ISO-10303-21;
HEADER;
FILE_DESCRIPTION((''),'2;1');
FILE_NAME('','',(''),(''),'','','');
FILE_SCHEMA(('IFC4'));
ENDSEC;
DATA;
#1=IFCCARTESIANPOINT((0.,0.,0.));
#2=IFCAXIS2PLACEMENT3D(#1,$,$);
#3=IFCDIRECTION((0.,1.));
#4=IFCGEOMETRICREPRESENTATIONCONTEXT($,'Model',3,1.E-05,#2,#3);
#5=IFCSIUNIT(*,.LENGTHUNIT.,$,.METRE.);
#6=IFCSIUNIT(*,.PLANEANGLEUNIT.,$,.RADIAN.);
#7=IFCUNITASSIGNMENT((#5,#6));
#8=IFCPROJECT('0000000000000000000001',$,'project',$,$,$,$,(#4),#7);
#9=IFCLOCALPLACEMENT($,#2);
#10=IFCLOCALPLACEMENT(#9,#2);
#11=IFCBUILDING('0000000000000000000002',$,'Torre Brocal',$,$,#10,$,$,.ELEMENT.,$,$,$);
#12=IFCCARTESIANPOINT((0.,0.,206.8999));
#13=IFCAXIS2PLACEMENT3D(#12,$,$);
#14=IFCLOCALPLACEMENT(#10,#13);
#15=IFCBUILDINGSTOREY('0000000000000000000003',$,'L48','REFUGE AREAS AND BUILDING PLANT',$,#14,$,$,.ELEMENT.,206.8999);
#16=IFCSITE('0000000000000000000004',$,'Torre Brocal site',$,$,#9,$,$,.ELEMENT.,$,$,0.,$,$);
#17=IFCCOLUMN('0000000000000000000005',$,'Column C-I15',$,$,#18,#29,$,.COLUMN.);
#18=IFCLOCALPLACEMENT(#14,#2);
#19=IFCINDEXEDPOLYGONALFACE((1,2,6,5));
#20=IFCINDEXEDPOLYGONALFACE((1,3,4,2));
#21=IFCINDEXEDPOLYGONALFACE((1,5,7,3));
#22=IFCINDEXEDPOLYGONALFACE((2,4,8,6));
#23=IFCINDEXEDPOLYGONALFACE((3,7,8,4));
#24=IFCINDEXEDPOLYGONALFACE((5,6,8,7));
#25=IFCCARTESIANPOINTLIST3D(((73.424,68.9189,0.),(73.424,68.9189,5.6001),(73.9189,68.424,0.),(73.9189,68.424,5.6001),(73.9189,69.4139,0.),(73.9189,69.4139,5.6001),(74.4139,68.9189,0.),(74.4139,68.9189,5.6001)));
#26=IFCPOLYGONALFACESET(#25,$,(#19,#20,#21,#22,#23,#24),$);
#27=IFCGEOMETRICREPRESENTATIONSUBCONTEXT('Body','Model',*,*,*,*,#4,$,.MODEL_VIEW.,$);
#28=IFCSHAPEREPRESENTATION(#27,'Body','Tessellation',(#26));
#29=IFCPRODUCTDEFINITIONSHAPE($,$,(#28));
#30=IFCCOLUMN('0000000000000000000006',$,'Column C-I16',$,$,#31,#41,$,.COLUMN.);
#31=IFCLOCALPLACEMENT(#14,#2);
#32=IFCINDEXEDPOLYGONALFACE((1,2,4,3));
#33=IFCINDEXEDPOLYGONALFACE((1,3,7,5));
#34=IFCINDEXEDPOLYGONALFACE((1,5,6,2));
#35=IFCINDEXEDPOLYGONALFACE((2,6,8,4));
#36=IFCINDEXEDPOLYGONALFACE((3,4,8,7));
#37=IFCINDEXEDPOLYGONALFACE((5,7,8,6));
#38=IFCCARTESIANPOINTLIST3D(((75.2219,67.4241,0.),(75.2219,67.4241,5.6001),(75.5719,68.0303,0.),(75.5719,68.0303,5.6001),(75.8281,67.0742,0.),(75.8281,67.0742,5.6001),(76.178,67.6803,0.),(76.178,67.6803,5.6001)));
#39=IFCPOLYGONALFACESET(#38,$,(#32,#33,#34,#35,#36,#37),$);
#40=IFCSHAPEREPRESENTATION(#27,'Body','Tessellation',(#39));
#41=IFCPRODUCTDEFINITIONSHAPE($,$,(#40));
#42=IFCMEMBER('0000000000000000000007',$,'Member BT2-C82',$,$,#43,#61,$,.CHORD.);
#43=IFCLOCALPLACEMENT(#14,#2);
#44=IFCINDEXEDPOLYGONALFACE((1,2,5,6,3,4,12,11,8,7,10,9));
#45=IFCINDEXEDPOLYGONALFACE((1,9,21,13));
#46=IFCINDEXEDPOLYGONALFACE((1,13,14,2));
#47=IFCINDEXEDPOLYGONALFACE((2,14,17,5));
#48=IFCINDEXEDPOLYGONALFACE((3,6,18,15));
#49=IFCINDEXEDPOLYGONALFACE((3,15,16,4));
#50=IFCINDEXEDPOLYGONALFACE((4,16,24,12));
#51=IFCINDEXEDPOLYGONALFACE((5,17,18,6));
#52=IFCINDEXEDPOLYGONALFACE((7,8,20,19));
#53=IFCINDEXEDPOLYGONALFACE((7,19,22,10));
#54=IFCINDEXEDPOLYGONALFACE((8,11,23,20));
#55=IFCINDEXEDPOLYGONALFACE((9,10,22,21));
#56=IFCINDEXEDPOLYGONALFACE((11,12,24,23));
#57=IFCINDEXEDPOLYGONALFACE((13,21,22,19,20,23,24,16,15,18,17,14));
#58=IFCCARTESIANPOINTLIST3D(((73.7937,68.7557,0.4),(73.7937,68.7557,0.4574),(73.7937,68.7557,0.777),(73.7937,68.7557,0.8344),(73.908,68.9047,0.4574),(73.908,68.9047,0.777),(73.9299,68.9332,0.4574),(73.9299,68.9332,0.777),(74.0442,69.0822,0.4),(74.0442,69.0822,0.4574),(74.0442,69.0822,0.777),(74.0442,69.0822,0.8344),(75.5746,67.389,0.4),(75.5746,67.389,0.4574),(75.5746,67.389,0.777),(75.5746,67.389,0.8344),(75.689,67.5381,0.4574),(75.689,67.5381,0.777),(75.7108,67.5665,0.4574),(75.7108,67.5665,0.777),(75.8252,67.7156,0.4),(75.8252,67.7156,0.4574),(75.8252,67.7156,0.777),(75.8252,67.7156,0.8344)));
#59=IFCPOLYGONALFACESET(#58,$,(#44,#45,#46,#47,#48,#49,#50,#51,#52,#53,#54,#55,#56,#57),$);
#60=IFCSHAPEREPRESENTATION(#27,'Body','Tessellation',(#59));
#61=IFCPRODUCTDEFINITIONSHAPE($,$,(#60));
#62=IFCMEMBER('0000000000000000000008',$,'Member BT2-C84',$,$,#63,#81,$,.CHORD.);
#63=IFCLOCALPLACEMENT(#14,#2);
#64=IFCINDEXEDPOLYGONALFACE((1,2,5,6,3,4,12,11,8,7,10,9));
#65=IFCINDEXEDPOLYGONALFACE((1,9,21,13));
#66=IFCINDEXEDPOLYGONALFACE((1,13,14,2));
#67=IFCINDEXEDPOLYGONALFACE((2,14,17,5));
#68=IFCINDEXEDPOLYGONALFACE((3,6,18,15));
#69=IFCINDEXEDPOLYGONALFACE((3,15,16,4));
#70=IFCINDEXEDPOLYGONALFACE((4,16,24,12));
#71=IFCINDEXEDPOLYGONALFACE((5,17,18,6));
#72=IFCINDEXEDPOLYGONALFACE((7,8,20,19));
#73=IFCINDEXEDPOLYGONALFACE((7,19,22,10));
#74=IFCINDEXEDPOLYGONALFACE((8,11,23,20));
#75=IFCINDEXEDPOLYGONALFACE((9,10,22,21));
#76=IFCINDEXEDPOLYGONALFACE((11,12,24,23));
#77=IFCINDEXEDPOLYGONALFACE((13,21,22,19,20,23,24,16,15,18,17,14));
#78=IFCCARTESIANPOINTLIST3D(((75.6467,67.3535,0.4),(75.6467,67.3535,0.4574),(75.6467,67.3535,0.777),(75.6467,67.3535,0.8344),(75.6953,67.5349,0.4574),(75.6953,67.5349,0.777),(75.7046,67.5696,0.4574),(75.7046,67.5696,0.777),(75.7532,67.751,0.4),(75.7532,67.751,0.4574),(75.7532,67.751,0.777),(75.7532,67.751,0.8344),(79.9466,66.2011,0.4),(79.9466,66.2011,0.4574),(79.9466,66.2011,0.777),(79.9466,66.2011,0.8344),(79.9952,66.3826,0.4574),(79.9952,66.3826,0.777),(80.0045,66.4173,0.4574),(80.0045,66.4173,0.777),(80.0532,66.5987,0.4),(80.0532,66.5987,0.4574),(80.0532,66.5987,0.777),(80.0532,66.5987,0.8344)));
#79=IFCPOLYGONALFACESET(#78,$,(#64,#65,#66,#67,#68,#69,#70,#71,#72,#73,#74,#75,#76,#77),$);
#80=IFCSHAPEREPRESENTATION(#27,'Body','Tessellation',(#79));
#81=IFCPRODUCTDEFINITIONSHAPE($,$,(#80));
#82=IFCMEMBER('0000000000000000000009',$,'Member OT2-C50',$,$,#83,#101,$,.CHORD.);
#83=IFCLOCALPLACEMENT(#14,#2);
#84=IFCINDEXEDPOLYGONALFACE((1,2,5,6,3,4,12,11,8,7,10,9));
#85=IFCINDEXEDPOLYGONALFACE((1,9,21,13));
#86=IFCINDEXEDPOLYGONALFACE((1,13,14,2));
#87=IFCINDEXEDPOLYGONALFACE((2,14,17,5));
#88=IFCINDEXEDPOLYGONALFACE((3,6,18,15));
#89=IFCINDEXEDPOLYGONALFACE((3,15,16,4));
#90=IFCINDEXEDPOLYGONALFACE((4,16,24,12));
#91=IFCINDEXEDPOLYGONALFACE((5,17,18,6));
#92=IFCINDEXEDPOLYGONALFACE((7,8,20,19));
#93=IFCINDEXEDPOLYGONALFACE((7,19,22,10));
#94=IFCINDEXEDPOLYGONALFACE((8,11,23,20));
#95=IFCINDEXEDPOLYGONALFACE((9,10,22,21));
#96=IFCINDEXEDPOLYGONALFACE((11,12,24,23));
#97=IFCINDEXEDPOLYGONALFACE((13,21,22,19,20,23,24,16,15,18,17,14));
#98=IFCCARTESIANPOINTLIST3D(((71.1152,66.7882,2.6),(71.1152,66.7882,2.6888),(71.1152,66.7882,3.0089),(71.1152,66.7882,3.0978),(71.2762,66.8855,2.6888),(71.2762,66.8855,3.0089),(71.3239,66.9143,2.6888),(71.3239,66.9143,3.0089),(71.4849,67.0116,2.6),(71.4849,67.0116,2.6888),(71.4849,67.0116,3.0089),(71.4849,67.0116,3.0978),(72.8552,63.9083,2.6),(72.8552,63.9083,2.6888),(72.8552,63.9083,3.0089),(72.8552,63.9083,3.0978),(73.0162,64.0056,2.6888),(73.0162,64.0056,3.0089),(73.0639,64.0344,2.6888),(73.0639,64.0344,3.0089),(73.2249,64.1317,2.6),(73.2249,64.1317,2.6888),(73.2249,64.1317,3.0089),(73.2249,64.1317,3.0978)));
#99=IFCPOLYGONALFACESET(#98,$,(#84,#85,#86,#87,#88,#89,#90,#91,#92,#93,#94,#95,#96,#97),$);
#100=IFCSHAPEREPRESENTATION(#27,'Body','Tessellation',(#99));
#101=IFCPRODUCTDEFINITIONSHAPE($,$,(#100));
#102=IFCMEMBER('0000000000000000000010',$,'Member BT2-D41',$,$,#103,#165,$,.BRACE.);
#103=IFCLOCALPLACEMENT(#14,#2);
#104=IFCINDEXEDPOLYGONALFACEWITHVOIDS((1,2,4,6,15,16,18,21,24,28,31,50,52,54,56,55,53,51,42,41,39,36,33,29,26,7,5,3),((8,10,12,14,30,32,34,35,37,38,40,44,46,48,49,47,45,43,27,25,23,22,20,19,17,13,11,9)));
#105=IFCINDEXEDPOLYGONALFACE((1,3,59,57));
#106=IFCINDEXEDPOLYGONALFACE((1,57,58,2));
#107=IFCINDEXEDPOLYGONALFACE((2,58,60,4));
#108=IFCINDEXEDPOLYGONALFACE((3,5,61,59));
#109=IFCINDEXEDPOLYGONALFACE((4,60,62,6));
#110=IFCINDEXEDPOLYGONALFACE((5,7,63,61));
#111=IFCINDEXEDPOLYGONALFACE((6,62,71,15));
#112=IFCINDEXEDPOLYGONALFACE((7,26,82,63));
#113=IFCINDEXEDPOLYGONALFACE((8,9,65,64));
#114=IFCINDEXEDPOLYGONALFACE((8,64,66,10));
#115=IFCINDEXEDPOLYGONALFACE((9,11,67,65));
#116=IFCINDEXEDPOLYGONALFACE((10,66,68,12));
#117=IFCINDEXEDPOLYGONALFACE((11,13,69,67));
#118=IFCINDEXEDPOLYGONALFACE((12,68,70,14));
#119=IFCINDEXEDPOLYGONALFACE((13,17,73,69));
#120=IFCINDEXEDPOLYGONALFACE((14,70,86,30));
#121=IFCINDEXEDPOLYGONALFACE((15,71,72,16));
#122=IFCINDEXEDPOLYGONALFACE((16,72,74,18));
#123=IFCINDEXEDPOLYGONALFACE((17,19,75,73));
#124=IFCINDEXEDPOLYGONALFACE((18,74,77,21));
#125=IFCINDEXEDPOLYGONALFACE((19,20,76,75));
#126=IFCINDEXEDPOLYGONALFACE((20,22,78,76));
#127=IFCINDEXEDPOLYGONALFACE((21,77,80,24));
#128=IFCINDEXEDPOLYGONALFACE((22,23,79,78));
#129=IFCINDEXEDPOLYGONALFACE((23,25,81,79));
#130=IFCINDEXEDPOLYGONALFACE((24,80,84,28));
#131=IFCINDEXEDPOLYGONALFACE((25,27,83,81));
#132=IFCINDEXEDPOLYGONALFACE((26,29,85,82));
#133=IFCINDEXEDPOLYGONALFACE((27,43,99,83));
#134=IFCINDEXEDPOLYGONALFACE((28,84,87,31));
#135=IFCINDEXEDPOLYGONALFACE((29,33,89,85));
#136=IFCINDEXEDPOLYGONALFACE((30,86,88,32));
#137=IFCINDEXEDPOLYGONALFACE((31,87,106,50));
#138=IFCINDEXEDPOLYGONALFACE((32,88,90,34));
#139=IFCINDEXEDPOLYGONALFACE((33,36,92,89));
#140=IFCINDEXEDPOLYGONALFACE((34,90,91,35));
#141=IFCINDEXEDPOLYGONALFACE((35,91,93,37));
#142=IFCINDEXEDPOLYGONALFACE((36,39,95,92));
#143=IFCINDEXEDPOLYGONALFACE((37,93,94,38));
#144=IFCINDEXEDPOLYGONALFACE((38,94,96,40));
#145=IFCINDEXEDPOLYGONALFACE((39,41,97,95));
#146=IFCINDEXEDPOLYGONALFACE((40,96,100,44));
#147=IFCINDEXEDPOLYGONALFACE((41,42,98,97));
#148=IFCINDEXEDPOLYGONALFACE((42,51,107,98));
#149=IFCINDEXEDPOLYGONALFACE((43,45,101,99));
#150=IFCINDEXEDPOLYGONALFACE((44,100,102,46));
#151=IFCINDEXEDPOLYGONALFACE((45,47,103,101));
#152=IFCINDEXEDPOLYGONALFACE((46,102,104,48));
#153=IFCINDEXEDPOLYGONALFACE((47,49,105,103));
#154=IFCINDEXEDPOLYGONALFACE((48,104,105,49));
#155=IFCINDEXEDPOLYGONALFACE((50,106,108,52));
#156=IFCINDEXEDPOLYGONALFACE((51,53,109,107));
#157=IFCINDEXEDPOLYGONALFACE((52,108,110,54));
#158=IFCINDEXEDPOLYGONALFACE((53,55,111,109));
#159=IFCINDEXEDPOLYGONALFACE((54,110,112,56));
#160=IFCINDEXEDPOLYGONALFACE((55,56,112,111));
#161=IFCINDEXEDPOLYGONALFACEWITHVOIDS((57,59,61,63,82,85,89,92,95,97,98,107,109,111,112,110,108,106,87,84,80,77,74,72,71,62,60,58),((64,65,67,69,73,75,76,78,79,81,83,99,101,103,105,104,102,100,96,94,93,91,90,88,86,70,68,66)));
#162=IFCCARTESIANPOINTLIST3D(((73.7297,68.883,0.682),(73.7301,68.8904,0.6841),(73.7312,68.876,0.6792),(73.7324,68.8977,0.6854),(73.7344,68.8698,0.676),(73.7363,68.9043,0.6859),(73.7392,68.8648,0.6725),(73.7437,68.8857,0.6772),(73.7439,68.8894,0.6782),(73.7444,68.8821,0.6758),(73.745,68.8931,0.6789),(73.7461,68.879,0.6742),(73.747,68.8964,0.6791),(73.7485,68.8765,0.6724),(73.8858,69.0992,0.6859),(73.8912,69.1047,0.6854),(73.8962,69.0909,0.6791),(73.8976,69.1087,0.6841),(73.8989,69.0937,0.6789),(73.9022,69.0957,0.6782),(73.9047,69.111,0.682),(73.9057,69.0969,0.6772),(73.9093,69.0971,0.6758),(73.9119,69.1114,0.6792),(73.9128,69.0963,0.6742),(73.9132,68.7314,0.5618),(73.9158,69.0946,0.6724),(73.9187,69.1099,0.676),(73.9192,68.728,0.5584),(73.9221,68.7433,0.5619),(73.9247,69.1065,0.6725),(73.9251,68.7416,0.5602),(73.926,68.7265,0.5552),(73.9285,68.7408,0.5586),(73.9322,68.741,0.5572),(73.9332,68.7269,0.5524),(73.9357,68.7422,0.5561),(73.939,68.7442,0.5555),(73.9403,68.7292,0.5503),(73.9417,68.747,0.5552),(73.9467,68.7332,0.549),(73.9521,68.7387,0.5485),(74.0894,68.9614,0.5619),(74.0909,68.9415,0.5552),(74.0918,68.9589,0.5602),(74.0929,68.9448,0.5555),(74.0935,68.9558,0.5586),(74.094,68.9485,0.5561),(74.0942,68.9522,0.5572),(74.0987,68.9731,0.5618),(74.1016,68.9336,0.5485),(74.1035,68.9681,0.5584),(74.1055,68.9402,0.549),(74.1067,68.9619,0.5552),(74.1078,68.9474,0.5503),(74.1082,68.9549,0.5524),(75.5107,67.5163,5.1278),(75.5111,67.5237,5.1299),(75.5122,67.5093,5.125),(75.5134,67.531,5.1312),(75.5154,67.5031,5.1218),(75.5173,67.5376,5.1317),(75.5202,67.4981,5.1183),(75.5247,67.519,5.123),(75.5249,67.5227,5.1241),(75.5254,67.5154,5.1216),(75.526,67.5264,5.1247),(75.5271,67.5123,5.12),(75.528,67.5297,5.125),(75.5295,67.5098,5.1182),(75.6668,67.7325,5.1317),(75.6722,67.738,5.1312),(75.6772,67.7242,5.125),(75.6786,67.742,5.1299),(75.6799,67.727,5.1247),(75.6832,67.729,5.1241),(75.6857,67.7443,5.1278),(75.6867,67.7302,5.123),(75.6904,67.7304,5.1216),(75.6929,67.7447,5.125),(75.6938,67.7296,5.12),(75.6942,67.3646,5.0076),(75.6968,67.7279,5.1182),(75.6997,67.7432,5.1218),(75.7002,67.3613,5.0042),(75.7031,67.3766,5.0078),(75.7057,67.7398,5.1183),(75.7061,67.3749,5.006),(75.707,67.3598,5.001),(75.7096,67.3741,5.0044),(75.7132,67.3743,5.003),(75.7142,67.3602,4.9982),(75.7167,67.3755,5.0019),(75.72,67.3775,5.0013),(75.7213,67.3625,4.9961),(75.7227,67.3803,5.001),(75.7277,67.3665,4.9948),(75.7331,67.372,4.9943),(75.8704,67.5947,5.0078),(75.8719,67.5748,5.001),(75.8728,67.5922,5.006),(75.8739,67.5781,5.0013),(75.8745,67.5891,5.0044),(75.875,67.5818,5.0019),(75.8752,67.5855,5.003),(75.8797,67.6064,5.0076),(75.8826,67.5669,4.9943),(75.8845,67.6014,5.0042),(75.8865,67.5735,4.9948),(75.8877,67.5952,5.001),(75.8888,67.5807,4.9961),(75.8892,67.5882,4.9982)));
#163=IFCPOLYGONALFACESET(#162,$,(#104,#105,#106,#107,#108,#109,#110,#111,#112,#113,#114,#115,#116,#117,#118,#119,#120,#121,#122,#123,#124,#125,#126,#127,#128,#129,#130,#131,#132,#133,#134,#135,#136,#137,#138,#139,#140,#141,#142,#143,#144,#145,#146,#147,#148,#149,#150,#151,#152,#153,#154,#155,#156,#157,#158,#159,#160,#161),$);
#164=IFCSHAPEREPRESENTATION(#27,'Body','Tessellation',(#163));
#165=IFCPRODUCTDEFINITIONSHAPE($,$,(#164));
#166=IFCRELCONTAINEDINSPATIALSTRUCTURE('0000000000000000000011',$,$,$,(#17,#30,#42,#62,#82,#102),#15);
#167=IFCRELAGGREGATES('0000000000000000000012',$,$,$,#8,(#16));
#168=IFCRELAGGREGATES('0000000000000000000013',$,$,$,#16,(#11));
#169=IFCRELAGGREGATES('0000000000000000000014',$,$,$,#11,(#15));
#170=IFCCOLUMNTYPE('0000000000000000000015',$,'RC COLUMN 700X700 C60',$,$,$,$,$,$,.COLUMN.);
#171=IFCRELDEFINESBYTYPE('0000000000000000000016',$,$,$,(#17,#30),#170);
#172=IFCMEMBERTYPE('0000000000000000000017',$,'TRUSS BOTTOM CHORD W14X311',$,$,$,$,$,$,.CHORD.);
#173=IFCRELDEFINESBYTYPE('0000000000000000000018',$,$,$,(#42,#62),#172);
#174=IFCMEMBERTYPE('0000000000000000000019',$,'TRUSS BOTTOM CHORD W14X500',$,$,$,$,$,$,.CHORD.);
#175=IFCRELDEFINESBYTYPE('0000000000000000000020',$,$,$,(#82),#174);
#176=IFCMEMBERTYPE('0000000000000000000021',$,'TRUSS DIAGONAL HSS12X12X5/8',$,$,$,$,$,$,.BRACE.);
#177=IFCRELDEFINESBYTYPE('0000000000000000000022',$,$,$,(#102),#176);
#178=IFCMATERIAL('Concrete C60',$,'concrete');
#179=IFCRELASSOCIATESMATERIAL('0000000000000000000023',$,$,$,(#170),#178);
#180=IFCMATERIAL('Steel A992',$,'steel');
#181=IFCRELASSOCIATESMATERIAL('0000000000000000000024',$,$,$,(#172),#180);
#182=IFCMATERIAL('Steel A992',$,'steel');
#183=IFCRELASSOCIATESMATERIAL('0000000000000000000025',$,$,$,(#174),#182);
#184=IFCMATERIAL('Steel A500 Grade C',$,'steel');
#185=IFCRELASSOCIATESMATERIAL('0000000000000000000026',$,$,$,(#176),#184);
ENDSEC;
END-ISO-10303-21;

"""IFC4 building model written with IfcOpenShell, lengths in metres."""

from ifc_helpers import new_model, si_unit, direction, frame, origin, origin_2d, place, context, subcontext, project, spatial, rectangle, hollow_rectangle, i_section, extrude, material, material_profile, profile_set, type_object, element, save


model = new_model("IFC4")

# Units and contexts
model_context = context("Model", 3, precision=1e-05, world=origin(), true_north=direction((0.0, 1.0)))
body_context = subcontext(model_context, "Body", "Model", "MODEL_VIEW")
ifc_project = project(units=[si_unit("LENGTHUNIT", "METRE"), si_unit("PLANEANGLEUNIT", "RADIAN")], contexts=[model_context])

# Site, building, storey
site_placement = place(None, origin())
site = spatial("IfcSite", under=ifc_project, at=site_placement, Name="Torre Brocal site", CompositionType="ELEMENT", RefElevation=0.0)
building_placement = place(site_placement, origin())
building = spatial("IfcBuilding", under=site, at=building_placement, Name="Torre Brocal", CompositionType="ELEMENT")
storey_placement = place(building_placement, frame((0.0, 0.0, 206.8999)))
storey = spatial("IfcBuildingStorey", under=building, at=storey_placement, Name="L48", Description="REFUGE AREAS AND BUILDING PLANT", CompositionType="ELEMENT", Elevation=206.8999)

# Columns
ifc_material_1 = material(Name="Concrete C60", Category="concrete")
ifc_material_profile_1 = material_profile(ifc_material_1, rectangle(XDim=0.7, YDim=0.7, at=origin_2d()), Name="RC 700X700")
ifc_profile_set_1 = profile_set([ifc_material_profile_1], Name="Concrete C60")
column_type = type_object("IfcColumnType", Name="RC COLUMN 700X700 C60", PredefinedType="COLUMN", material=ifc_profile_set_1)
for number, where, z_axis, x_axis, name in (
    (1, (73.9189, 68.9189, 0.0), (0.0, 0.0, 1.0), (-0.707107, -0.707107, 0.0), "Column C-I15"),
    (2, (75.7, 67.5522, 0.0), (0.0, 0.0, 1.0), (-0.5, -0.866025, 0.0), "Column C-I16"),
):
    element("IfcColumn", number, at=place(storey_placement, frame(where, z_axis=z_axis, x_axis=x_axis)), inside=storey, type_object=column_type, Name=name, PredefinedType="COLUMN", context=body_context, shape_type="SweptSolid", body=[
        extrude(rectangle(XDim=0.7, YDim=0.7, at=origin_2d()), origin(), (0.0, 0.0, 1.0), 5.6001),
    ])

# Members
ifc_material_2 = material(Name="Steel A992", Category="steel")
ifc_material_profile_2 = material_profile(ifc_material_2, i_section(OverallWidth=0.4116, OverallDepth=0.4343, WebThickness=0.0359, FlangeThickness=0.0574, at=origin_2d()), Name="W14X311")
ifc_profile_set_2 = profile_set([ifc_material_profile_2], Name="Steel A992")
member_type_1 = type_object("IfcMemberType", Name="TRUSS BOTTOM CHORD W14X311", PredefinedType="CHORD", material=ifc_profile_set_2)
member_1_placement = place(storey_placement, frame((73.9189, 68.9189, 0.6172), z_axis=(0.793335, -0.608785, 0.0), x_axis=(0.608785, 0.793335, 0.0)))
element("IfcMember", 3, at=member_1_placement, inside=storey, type_object=member_type_1, Name="Member BT2-C82", PredefinedType="CHORD", context=body_context, shape_type="SweptSolid", body=[
    extrude(i_section(OverallWidth=0.4116, OverallDepth=0.4343, WebThickness=0.0359, FlangeThickness=0.0574, at=origin_2d()), origin(), (0.0, 0.0, 1.0), 2.2449),
])
member_2_placement = place(storey_placement, frame((75.7, 67.5522, 0.6172), z_axis=(0.965917, -0.25885, 0.0), x_axis=(0.25885, 0.965917, 0.0)))
element("IfcMember", 4, at=member_2_placement, inside=storey, type_object=member_type_1, Name="Member BT2-C84", PredefinedType="CHORD", context=body_context, shape_type="SweptSolid", body=[
    extrude(i_section(OverallWidth=0.4116, OverallDepth=0.4343, WebThickness=0.0359, FlangeThickness=0.0574, at=origin_2d()), origin(), (0.0, 0.0, 1.0), 4.4517),
])
ifc_material_3 = material(Name="Steel A992", Category="steel")
ifc_material_profile_3 = material_profile(ifc_material_3, i_section(OverallWidth=0.4319, OverallDepth=0.4978, WebThickness=0.0557, FlangeThickness=0.0889, at=origin_2d()), Name="W14X500")
ifc_profile_set_3 = profile_set([ifc_material_profile_3], Name="Steel A992")
member_type_2 = type_object("IfcMemberType", Name="TRUSS BOTTOM CHORD W14X500", PredefinedType="CHORD", material=ifc_profile_set_3)
member_3_placement = place(storey_placement, frame((71.3, 66.8999, 2.8489), z_axis=(0.517129, -0.855908, 0.0), x_axis=(0.855908, 0.517129, 0.0)))
element("IfcMember", 5, at=member_3_placement, inside=storey, type_object=member_type_2, Name="Member OT2-C50", PredefinedType="CHORD", context=body_context, shape_type="SweptSolid", body=[
    extrude(i_section(OverallWidth=0.4319, OverallDepth=0.4978, WebThickness=0.0557, FlangeThickness=0.0889, at=origin_2d()), origin(), (0.0, 0.0, 1.0), 3.3647),
])
ifc_material_4 = material(Name="Steel A500 Grade C", Category="steel")
ifc_material_profile_4 = material_profile(ifc_material_4, hollow_rectangle(XDim=0.3047, YDim=0.3047, WallThickness=0.0149, InnerFilletRadius=0.0149, OuterFilletRadius=0.0295, at=origin_2d()), Name="HSS12X12X5/8")
ifc_profile_set_4 = profile_set([ifc_material_profile_4], Name="Steel A500 Grade C")
member_type_3 = type_object("IfcMemberType", Name="TRUSS DIAGONAL HSS12X12X5/8", PredefinedType="BRACE", material=ifc_profile_set_4)
member_4_placement = place(storey_placement, frame((73.9189, 68.9189, 0.6172), z_axis=(0.357599, -0.274412, 0.892648), x_axis=(0.608785, 0.793335, 0.0)))
element("IfcMember", 6, at=member_4_placement, inside=storey, type_object=member_type_3, Name="Member BT2-D41", PredefinedType="BRACE", context=body_context, shape_type="SweptSolid", body=[
    extrude(hollow_rectangle(XDim=0.3047, YDim=0.3047, WallThickness=0.0149, InnerFilletRadius=0.0149, OuterFilletRadius=0.0295, at=origin_2d()), origin(), (0.0, 0.0, 1.0), 4.9805),
])

save(model, "model.ifc")
